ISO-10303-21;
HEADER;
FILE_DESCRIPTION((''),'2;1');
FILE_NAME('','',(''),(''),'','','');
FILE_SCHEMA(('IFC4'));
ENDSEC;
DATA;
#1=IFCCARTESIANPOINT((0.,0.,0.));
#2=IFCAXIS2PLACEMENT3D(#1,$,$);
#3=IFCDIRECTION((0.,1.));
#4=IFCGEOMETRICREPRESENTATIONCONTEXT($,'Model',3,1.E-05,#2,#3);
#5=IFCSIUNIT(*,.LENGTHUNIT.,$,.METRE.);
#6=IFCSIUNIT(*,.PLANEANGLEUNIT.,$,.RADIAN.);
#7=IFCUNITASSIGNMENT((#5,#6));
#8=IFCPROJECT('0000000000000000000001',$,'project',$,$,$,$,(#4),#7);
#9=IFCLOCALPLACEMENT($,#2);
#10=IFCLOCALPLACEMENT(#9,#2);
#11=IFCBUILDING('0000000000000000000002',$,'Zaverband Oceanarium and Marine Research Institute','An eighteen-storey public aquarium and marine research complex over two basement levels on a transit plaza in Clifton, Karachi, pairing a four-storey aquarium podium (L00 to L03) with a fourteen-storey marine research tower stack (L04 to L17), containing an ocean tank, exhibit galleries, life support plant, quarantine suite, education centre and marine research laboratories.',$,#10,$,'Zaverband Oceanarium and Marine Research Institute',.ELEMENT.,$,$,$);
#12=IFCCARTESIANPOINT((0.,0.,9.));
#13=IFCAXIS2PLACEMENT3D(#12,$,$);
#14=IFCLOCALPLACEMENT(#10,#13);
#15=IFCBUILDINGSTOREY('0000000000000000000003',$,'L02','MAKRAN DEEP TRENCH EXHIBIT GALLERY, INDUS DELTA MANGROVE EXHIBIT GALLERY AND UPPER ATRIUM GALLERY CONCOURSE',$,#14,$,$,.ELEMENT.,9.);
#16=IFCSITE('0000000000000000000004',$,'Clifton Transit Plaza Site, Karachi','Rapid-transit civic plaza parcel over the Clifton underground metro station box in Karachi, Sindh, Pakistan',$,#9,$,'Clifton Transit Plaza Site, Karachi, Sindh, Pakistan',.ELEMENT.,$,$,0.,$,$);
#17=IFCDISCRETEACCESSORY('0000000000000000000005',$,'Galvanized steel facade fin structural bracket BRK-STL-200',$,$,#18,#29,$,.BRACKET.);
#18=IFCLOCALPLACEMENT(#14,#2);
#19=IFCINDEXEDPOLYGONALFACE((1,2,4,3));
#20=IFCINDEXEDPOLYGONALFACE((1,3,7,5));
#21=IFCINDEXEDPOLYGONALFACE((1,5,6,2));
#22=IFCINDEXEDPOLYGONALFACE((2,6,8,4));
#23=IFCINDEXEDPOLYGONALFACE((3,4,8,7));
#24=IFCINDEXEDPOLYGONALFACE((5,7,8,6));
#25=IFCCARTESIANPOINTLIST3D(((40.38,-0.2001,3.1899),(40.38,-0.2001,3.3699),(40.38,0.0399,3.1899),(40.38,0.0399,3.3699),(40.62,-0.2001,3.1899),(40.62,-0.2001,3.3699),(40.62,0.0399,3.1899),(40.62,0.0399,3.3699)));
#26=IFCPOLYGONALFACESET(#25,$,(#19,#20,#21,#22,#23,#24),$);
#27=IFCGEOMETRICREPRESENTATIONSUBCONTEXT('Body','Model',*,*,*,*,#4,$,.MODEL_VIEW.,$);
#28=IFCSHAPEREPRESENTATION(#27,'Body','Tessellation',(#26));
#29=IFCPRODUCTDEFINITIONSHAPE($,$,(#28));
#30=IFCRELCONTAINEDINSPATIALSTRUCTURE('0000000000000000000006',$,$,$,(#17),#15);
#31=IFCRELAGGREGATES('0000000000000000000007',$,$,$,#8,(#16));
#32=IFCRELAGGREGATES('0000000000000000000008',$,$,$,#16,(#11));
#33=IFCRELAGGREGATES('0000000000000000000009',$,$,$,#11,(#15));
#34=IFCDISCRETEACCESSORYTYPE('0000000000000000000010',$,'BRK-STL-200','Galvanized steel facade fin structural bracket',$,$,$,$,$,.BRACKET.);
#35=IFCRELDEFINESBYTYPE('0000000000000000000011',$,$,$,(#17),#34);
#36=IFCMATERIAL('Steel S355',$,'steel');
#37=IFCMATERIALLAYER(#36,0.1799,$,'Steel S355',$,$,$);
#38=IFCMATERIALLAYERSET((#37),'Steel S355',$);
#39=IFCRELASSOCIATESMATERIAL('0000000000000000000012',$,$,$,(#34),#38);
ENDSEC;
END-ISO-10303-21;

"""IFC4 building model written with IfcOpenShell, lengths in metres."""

from ifc_helpers import new_model, si_unit, direction, frame, origin, origin_2d, place, context, subcontext, project, spatial, rectangle, extrude, material, layer, layer_set, type_object, element, save


model = new_model("IFC4")

# Units and contexts
model_context = context("Model", 3, precision=1e-05, world=origin(), true_north=direction((0.0, 1.0)))
body_context = subcontext(model_context, "Body", "Model", "MODEL_VIEW")
ifc_project = project(units=[si_unit("LENGTHUNIT", "METRE"), si_unit("PLANEANGLEUNIT", "RADIAN")], contexts=[model_context])

# Site, building, storey
site_placement = place(None, origin())
site = spatial("IfcSite", under=ifc_project, at=site_placement, Name="Clifton Transit Plaza Site, Karachi", Description="Rapid-transit civic plaza parcel over the Clifton underground metro station box in Karachi, Sindh, Pakistan", LongName="Clifton Transit Plaza Site, Karachi, Sindh, Pakistan", CompositionType="ELEMENT", RefElevation=0.0)
building_placement = place(site_placement, origin())
building = spatial("IfcBuilding", under=site, at=building_placement, Name="Zaverband Oceanarium and Marine Research Institute", Description="An eighteen-storey public aquarium and marine research complex over two basement levels on a transit plaza in Clifton, Karachi, pairing a four-storey aquarium podium (L00 to L03) with a fourteen-storey marine research tower stack (L04 to L17), containing an ocean tank, exhibit galleries, life support plant, quarantine suite, education centre and marine research laboratories.", LongName="Zaverband Oceanarium and Marine Research Institute", CompositionType="ELEMENT")
storey_placement = place(building_placement, frame((0.0, 0.0, 9.0)))
storey = spatial("IfcBuildingStorey", under=building, at=storey_placement, Name="L02", Description="MAKRAN DEEP TRENCH EXHIBIT GALLERY, INDUS DELTA MANGROVE EXHIBIT GALLERY AND UPPER ATRIUM GALLERY CONCOURSE", CompositionType="ELEMENT", Elevation=9.0)

# Discrete accessory
ifc_material_1 = material(Name="Steel S355", Category="steel")
ifc_layer_1 = layer(ifc_material_1, 0.1799, Name="Steel S355")
ifc_layer_set_1 = layer_set([ifc_layer_1], Name="Steel S355")
discrete_accessory_type = type_object("IfcDiscreteAccessoryType", Name="BRK-STL-200", Description="Galvanized steel facade fin structural bracket", PredefinedType="BRACKET", material=ifc_layer_set_1)
discrete_accessory_placement = place(storey_placement, frame((40.5, -0.0801, 3.1899), z_axis=(0.0, 0.0, 1.0), x_axis=(1.0, 0.0, 0.0)))
element("IfcDiscreteAccessory", 1, at=discrete_accessory_placement, inside=storey, type_object=discrete_accessory_type, Name="Galvanized steel facade fin structural bracket BRK-STL-200", PredefinedType="BRACKET", context=body_context, shape_type="SweptSolid", body=[
    extrude(rectangle(XDim=0.24, YDim=0.24, at=origin_2d()), origin(), (0.0, 0.0, 1.0), 0.1799),
])

save(model, "model.ifc")
